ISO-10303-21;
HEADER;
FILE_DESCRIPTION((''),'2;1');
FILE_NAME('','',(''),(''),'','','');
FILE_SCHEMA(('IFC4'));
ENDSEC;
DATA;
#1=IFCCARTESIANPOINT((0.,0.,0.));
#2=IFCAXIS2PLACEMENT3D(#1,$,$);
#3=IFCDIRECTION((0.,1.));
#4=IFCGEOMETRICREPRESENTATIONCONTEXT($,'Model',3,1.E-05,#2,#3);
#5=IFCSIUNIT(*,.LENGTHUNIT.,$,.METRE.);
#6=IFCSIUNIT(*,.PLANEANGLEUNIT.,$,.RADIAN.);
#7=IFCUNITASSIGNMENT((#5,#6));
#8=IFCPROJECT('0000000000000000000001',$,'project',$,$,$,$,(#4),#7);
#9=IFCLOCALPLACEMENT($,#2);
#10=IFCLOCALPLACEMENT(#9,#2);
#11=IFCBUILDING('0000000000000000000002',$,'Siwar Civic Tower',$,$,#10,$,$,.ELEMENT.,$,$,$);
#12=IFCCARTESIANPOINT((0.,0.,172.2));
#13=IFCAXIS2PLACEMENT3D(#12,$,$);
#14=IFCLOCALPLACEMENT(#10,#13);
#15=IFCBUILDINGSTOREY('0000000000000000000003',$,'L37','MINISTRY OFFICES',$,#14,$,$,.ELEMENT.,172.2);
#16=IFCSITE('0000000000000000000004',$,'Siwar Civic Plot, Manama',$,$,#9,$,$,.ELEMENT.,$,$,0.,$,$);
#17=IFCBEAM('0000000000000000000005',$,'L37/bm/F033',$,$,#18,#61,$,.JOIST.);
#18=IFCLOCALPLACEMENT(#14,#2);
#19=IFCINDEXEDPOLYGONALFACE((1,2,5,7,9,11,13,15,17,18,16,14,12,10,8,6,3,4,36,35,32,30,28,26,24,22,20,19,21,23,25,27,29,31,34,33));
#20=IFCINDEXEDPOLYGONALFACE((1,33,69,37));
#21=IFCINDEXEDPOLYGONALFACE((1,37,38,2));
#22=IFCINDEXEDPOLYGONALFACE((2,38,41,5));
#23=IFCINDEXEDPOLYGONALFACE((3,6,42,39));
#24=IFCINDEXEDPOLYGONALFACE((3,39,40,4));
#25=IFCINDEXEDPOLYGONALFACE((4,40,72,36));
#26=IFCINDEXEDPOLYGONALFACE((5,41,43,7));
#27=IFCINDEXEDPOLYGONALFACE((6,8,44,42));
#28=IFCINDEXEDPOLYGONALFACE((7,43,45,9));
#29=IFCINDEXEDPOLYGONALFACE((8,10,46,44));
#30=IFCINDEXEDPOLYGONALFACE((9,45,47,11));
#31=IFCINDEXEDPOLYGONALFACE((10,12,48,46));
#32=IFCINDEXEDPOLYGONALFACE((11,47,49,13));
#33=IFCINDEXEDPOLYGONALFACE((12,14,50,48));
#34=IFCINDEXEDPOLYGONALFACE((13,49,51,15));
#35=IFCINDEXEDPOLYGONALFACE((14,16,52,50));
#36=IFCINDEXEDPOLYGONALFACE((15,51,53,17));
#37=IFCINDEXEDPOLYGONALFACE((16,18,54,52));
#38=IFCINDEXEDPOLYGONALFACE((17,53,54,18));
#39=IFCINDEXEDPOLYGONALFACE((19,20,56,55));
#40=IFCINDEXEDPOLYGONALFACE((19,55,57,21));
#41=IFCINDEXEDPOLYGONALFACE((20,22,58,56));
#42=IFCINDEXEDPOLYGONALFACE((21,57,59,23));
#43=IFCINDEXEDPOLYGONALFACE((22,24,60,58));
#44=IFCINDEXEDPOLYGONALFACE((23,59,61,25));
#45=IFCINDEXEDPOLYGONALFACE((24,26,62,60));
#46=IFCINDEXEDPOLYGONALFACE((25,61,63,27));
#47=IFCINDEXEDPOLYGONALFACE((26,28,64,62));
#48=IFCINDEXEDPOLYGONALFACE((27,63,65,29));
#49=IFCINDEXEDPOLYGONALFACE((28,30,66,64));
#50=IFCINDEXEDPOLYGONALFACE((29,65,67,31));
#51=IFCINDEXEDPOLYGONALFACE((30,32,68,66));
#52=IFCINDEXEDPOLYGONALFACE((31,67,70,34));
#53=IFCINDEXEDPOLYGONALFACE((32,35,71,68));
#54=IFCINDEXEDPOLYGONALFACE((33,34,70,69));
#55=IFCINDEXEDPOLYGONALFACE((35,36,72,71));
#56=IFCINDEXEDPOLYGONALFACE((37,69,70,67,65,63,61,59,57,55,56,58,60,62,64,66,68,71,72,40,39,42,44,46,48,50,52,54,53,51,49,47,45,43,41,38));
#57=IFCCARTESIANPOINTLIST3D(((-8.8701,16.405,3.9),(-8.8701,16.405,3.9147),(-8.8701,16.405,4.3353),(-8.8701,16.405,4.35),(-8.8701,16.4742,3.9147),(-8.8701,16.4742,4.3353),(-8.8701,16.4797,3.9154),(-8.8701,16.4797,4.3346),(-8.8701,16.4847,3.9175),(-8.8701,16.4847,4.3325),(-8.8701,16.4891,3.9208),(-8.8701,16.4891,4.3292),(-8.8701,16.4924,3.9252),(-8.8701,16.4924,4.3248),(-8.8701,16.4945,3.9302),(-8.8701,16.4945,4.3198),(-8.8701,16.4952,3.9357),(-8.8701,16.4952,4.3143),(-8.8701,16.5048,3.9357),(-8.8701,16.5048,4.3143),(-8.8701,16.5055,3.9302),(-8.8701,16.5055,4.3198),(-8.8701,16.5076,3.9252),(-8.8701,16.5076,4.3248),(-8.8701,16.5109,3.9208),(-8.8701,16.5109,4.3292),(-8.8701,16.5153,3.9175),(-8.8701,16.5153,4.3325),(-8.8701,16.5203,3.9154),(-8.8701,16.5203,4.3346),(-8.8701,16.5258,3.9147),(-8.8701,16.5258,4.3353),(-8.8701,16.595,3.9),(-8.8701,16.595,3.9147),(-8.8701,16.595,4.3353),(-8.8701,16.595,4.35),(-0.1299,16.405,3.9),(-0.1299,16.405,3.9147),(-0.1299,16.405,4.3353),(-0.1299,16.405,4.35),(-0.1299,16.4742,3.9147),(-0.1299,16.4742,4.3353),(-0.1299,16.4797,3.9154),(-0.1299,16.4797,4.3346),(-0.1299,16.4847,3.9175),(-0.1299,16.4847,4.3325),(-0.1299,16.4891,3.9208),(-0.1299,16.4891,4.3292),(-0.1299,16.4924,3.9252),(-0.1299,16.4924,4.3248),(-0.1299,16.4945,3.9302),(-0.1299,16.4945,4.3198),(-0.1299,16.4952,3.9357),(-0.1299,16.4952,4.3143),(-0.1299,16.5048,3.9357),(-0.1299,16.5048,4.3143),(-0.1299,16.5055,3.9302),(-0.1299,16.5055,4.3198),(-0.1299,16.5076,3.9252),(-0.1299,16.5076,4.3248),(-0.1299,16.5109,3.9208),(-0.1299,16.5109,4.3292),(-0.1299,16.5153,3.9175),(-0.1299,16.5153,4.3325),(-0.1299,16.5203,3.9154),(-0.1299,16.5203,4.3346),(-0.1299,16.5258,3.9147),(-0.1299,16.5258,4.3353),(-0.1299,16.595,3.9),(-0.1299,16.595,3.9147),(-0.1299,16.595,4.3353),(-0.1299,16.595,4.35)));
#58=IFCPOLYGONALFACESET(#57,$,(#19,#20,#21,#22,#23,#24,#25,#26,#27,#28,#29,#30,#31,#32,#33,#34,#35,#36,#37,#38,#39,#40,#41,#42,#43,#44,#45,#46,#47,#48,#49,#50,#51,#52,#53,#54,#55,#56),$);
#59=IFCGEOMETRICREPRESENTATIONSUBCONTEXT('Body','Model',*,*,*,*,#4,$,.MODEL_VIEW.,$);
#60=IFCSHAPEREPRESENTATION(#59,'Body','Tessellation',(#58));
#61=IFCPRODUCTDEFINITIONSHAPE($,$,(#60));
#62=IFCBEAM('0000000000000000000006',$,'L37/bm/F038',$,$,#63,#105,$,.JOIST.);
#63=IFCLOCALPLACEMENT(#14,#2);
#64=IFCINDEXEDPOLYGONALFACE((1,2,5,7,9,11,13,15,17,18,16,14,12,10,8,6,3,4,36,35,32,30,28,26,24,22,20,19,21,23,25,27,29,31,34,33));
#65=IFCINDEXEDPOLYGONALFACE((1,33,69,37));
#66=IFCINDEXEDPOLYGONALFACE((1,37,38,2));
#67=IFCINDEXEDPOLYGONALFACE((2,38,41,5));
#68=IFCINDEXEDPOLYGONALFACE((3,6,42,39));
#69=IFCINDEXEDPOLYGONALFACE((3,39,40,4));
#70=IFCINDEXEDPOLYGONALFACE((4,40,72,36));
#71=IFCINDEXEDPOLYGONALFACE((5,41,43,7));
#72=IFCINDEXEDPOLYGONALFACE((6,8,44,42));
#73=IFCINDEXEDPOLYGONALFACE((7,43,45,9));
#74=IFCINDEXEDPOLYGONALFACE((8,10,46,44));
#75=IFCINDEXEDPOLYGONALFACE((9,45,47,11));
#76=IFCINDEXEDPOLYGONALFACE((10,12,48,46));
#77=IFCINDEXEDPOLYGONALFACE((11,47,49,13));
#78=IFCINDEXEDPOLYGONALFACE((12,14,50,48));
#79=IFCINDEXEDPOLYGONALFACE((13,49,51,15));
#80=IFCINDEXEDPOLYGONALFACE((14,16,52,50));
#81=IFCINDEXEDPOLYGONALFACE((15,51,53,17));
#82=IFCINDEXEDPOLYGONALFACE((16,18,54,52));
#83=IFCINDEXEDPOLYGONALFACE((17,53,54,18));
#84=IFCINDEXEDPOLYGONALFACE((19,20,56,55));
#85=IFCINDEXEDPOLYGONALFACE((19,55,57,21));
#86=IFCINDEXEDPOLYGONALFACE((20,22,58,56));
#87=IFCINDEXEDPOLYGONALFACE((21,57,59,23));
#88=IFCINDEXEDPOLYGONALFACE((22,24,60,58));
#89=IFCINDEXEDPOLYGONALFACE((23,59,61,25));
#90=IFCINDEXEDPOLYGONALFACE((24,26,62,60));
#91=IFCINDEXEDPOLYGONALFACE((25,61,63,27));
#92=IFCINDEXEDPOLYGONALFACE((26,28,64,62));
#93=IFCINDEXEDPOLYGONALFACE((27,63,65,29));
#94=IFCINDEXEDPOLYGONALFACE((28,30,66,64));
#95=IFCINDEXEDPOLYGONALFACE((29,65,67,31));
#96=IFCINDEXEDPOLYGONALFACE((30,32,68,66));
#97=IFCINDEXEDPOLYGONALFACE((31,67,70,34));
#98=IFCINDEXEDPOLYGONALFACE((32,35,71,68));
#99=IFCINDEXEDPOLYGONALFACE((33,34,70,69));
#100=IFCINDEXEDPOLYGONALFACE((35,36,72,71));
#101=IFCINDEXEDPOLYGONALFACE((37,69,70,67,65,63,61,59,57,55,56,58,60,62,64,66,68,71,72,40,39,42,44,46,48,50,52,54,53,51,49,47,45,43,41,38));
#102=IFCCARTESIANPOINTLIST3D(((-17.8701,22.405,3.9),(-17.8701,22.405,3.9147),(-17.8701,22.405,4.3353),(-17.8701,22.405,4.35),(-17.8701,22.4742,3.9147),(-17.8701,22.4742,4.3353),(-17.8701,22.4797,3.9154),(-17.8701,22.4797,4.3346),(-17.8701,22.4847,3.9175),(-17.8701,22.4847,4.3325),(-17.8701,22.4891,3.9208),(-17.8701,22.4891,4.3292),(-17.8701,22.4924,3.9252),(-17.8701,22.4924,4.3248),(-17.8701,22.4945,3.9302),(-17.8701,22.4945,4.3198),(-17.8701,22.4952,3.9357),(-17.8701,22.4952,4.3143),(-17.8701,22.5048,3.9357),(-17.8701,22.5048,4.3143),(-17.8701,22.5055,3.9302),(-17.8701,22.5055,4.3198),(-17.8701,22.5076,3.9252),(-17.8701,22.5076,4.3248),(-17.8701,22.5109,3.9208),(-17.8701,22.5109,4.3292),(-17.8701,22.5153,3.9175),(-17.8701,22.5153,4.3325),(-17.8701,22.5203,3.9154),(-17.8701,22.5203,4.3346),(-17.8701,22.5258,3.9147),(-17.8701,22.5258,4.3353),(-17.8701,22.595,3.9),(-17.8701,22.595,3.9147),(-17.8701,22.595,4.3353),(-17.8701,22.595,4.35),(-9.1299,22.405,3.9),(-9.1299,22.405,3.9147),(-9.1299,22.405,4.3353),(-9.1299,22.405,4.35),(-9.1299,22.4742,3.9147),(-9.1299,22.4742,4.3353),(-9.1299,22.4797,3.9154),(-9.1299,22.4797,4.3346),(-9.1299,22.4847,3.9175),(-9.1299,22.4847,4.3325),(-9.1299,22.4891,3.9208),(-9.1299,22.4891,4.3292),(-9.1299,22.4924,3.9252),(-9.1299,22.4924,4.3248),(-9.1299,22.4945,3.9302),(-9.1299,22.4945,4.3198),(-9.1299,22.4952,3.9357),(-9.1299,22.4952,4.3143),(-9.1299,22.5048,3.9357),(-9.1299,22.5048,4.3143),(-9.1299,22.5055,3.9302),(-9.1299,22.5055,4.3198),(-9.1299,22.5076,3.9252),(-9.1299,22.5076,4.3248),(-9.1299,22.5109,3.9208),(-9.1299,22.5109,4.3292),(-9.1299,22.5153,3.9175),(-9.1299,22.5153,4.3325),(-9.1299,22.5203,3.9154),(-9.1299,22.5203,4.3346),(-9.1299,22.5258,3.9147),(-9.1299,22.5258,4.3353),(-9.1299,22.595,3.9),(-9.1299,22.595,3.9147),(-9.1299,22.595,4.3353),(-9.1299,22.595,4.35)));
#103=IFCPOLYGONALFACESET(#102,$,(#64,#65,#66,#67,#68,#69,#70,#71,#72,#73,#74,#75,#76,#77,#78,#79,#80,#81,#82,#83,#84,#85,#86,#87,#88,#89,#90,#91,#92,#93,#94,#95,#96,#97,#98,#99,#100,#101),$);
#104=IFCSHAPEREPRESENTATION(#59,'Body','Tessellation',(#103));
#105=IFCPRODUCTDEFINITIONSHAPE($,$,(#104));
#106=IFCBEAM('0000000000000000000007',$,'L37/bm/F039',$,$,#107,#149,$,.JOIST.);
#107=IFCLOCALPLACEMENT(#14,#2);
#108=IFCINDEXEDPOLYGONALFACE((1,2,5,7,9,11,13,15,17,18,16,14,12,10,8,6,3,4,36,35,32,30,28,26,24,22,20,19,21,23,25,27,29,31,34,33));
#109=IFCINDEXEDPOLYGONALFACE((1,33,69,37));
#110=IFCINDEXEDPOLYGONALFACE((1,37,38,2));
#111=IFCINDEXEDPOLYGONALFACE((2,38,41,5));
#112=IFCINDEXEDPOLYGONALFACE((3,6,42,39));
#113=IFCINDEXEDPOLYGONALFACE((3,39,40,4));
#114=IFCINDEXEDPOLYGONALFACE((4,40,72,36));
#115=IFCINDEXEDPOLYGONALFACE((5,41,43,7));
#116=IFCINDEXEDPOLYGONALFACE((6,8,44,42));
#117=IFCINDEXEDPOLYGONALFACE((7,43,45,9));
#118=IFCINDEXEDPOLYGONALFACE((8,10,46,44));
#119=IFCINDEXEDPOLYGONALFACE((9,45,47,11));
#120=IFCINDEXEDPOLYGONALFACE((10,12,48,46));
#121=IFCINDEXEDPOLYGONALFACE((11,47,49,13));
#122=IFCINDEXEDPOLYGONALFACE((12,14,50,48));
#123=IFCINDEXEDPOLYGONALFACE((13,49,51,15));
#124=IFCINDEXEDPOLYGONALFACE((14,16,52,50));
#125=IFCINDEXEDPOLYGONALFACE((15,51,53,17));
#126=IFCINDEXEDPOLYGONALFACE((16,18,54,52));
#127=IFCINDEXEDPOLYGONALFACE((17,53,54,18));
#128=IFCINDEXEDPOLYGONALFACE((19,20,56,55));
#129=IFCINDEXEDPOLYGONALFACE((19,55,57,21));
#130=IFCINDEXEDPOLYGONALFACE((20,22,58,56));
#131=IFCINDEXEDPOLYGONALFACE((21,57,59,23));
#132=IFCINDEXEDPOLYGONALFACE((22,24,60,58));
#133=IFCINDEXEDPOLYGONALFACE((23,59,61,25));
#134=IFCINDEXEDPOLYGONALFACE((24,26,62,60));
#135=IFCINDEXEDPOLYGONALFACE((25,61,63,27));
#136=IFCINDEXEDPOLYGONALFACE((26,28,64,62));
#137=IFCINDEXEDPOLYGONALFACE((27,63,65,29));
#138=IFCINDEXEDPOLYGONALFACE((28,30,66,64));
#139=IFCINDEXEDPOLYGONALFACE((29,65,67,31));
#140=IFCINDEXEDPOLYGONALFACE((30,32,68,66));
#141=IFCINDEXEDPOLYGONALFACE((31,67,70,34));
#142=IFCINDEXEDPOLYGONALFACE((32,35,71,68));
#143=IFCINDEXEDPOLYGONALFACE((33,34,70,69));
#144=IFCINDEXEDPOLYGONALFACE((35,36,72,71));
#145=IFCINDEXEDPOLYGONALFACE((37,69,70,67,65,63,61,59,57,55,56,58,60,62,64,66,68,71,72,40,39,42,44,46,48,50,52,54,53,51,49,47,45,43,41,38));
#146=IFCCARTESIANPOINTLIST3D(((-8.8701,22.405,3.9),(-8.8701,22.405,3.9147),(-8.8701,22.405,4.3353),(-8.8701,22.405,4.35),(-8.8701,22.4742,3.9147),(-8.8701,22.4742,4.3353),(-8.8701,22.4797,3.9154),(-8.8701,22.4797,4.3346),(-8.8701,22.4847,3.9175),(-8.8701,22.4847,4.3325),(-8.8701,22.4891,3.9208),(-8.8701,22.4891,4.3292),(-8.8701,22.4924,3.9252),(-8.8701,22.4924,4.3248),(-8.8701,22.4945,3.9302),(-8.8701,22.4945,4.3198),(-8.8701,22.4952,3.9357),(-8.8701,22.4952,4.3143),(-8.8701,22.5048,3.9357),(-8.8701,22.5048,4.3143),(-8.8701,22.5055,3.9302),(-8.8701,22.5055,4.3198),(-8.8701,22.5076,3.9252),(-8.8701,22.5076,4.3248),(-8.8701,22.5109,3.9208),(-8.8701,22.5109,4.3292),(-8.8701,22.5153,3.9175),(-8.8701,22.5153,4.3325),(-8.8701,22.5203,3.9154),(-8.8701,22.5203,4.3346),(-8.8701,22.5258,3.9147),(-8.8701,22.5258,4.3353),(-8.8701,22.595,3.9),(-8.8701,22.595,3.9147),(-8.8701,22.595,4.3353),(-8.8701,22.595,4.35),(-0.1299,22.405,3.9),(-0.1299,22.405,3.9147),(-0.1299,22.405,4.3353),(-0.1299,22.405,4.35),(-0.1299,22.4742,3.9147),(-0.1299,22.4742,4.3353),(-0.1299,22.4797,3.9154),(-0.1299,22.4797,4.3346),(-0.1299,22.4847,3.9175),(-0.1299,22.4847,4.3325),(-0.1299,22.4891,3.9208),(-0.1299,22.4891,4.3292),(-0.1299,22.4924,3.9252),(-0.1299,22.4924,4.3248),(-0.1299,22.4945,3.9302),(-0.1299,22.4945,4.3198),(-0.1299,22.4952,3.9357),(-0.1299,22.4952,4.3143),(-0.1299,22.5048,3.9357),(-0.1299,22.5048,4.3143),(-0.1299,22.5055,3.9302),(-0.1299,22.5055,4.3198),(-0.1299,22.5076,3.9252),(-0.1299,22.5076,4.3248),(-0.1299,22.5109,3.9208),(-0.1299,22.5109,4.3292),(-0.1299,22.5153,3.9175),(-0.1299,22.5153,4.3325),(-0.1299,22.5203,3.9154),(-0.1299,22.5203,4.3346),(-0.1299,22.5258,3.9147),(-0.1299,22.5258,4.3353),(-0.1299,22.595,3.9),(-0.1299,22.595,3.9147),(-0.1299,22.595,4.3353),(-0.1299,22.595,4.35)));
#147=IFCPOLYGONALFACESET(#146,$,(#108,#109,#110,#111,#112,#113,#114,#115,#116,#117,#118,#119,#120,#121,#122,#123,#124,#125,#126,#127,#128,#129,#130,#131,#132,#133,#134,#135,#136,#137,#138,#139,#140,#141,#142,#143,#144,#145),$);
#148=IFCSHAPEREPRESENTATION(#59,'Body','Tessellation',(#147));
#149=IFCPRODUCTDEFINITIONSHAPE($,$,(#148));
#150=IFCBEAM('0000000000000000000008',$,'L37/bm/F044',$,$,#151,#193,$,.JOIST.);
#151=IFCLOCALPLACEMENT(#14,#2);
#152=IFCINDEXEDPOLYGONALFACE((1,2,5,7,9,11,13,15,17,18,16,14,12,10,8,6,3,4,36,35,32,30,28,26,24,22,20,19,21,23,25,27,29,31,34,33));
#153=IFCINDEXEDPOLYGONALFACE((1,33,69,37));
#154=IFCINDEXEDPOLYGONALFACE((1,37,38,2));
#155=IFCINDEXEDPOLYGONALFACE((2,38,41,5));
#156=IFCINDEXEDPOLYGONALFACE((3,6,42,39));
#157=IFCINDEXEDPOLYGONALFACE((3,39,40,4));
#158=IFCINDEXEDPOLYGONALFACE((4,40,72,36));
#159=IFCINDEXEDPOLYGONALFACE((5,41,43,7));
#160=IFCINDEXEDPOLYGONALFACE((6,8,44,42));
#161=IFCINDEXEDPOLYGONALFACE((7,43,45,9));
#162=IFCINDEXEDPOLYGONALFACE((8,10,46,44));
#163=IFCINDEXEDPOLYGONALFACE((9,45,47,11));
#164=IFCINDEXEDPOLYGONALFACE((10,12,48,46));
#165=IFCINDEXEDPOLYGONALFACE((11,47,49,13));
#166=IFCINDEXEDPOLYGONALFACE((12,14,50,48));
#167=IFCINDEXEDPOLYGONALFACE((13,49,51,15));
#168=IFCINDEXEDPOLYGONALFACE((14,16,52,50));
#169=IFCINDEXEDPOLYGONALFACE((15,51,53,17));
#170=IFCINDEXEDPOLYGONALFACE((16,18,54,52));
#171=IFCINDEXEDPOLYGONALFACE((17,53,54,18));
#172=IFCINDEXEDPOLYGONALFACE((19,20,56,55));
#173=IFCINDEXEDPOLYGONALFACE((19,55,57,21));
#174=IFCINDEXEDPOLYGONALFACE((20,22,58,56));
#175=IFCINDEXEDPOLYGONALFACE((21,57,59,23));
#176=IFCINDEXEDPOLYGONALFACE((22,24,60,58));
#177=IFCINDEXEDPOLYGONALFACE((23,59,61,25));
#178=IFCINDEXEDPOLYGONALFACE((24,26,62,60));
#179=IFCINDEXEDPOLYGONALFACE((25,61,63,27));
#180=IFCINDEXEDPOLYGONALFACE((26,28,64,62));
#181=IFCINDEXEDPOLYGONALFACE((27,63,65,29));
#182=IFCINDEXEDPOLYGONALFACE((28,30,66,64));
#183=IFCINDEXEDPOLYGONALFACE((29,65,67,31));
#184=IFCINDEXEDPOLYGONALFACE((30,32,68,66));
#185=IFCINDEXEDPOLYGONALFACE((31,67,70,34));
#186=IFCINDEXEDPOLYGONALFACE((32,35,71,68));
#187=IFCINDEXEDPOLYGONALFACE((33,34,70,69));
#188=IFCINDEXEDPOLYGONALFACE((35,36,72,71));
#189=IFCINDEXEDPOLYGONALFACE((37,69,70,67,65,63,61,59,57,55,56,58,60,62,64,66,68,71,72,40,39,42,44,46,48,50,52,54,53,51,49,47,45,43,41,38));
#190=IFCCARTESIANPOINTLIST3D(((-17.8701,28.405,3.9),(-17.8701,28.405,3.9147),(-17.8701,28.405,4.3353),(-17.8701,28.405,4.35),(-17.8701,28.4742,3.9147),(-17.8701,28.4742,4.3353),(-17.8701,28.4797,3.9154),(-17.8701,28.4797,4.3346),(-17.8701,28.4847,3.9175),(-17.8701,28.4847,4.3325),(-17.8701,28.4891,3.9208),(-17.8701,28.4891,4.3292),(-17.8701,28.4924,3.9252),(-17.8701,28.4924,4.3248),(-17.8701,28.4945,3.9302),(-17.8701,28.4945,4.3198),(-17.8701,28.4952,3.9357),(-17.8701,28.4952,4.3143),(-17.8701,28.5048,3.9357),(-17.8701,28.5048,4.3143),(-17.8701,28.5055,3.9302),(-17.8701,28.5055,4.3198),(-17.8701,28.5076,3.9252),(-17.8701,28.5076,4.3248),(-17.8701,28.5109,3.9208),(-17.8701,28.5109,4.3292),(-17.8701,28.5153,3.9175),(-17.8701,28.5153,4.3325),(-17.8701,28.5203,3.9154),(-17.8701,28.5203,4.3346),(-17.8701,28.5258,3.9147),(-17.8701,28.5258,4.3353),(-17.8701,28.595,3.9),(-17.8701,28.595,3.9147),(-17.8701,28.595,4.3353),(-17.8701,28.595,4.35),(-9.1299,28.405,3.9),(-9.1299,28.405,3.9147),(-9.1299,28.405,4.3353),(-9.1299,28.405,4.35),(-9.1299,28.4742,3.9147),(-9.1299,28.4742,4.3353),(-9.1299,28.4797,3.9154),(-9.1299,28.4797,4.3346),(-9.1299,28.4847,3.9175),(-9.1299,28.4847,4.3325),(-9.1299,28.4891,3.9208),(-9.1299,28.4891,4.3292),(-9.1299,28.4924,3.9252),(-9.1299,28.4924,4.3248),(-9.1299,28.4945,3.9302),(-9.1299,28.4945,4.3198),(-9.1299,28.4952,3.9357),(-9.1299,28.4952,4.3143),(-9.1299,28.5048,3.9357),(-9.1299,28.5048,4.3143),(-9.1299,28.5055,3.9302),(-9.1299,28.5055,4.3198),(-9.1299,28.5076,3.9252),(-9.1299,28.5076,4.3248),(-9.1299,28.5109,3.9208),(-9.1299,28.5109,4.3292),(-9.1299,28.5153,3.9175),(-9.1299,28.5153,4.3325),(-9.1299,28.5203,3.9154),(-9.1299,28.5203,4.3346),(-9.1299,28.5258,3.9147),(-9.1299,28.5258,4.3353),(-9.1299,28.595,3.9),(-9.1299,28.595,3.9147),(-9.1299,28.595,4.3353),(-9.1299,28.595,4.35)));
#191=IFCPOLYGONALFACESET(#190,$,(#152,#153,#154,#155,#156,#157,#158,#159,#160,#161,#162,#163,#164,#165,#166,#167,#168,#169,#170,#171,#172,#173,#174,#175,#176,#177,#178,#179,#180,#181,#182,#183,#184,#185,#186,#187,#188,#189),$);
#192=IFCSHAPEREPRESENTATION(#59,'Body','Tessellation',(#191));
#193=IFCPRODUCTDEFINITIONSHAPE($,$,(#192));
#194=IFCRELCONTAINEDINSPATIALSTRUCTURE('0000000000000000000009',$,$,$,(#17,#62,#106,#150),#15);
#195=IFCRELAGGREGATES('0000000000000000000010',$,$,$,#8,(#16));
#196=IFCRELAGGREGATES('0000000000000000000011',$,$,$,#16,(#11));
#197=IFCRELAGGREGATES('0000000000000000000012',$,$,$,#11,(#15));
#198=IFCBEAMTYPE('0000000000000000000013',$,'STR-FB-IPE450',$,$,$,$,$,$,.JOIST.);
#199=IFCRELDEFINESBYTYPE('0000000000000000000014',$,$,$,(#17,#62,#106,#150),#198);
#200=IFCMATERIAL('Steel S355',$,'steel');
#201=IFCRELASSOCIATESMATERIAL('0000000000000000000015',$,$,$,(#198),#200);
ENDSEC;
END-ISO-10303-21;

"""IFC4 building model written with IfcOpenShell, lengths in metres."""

from ifc_helpers import new_model, si_unit, direction, frame, origin, origin_2d, place, context, subcontext, project, spatial, i_section, extrude, material, material_profile, profile_set, type_object, element, save


model = new_model("IFC4")

# Units and contexts
model_context = context("Model", 3, precision=1e-05, world=origin(), true_north=direction((0.0, 1.0)))
body_context = subcontext(model_context, "Body", "Model", "MODEL_VIEW")
ifc_project = project(units=[si_unit("LENGTHUNIT", "METRE"), si_unit("PLANEANGLEUNIT", "RADIAN")], contexts=[model_context])

# Site, building, storey
site_placement = place(None, origin())
site = spatial("IfcSite", under=ifc_project, at=site_placement, Name="Siwar Civic Plot, Manama", CompositionType="ELEMENT", RefElevation=0.0)
building_placement = place(site_placement, origin())
building = spatial("IfcBuilding", under=site, at=building_placement, Name="Siwar Civic Tower", CompositionType="ELEMENT")
storey_placement = place(building_placement, frame((0.0, 0.0, 172.2)))
storey = spatial("IfcBuildingStorey", under=building, at=storey_placement, Name="L37", Description="MINISTRY OFFICES", CompositionType="ELEMENT", Elevation=172.2)

# Beams
ifc_material_1 = material(Name="Steel S355", Category="steel")
ifc_material_profile_1 = material_profile(ifc_material_1, i_section(OverallWidth=0.1899, OverallDepth=0.45, WebThickness=0.0095, FlangeThickness=0.0146, FilletRadius=0.021, at=origin_2d()), Name="IPE450")
ifc_profile_set_1 = profile_set([ifc_material_profile_1], Name="Steel S355")
beam_type_1 = type_object("IfcBeamType", Name="STR-FB-IPE450", PredefinedType="JOIST", material=ifc_profile_set_1)
for number, where, z_axis, x_axis, name in (
    (1, (-8.8701, 16.5, 4.125), (1.0, 0.0, 0.0), (0.0, 1.0, 0.0), "L37/bm/F033"),
    (2, (-17.8701, 22.5, 4.125), (1.0, 0.0, 0.0), (0.0, 1.0, 0.0), "L37/bm/F038"),
    (3, (-8.8701, 22.5, 4.125), (1.0, 0.0, 0.0), (0.0, 1.0, 0.0), "L37/bm/F039"),
    (4, (-17.8701, 28.5, 4.125), (1.0, 0.0, 0.0), (0.0, 1.0, 0.0), "L37/bm/F044"),
):
    element("IfcBeam", number, at=place(storey_placement, frame(where, z_axis=z_axis, x_axis=x_axis)), inside=storey, type_object=beam_type_1, Name=name, PredefinedType="JOIST", context=body_context, shape_type="SweptSolid", body=[
        extrude(i_section(OverallWidth=0.1899, OverallDepth=0.45, WebThickness=0.0095, FlangeThickness=0.0146, FilletRadius=0.021, at=origin_2d()), origin(), (0.0, 0.0, 1.0), 8.7402),
    ])

save(model, "model.ifc")
